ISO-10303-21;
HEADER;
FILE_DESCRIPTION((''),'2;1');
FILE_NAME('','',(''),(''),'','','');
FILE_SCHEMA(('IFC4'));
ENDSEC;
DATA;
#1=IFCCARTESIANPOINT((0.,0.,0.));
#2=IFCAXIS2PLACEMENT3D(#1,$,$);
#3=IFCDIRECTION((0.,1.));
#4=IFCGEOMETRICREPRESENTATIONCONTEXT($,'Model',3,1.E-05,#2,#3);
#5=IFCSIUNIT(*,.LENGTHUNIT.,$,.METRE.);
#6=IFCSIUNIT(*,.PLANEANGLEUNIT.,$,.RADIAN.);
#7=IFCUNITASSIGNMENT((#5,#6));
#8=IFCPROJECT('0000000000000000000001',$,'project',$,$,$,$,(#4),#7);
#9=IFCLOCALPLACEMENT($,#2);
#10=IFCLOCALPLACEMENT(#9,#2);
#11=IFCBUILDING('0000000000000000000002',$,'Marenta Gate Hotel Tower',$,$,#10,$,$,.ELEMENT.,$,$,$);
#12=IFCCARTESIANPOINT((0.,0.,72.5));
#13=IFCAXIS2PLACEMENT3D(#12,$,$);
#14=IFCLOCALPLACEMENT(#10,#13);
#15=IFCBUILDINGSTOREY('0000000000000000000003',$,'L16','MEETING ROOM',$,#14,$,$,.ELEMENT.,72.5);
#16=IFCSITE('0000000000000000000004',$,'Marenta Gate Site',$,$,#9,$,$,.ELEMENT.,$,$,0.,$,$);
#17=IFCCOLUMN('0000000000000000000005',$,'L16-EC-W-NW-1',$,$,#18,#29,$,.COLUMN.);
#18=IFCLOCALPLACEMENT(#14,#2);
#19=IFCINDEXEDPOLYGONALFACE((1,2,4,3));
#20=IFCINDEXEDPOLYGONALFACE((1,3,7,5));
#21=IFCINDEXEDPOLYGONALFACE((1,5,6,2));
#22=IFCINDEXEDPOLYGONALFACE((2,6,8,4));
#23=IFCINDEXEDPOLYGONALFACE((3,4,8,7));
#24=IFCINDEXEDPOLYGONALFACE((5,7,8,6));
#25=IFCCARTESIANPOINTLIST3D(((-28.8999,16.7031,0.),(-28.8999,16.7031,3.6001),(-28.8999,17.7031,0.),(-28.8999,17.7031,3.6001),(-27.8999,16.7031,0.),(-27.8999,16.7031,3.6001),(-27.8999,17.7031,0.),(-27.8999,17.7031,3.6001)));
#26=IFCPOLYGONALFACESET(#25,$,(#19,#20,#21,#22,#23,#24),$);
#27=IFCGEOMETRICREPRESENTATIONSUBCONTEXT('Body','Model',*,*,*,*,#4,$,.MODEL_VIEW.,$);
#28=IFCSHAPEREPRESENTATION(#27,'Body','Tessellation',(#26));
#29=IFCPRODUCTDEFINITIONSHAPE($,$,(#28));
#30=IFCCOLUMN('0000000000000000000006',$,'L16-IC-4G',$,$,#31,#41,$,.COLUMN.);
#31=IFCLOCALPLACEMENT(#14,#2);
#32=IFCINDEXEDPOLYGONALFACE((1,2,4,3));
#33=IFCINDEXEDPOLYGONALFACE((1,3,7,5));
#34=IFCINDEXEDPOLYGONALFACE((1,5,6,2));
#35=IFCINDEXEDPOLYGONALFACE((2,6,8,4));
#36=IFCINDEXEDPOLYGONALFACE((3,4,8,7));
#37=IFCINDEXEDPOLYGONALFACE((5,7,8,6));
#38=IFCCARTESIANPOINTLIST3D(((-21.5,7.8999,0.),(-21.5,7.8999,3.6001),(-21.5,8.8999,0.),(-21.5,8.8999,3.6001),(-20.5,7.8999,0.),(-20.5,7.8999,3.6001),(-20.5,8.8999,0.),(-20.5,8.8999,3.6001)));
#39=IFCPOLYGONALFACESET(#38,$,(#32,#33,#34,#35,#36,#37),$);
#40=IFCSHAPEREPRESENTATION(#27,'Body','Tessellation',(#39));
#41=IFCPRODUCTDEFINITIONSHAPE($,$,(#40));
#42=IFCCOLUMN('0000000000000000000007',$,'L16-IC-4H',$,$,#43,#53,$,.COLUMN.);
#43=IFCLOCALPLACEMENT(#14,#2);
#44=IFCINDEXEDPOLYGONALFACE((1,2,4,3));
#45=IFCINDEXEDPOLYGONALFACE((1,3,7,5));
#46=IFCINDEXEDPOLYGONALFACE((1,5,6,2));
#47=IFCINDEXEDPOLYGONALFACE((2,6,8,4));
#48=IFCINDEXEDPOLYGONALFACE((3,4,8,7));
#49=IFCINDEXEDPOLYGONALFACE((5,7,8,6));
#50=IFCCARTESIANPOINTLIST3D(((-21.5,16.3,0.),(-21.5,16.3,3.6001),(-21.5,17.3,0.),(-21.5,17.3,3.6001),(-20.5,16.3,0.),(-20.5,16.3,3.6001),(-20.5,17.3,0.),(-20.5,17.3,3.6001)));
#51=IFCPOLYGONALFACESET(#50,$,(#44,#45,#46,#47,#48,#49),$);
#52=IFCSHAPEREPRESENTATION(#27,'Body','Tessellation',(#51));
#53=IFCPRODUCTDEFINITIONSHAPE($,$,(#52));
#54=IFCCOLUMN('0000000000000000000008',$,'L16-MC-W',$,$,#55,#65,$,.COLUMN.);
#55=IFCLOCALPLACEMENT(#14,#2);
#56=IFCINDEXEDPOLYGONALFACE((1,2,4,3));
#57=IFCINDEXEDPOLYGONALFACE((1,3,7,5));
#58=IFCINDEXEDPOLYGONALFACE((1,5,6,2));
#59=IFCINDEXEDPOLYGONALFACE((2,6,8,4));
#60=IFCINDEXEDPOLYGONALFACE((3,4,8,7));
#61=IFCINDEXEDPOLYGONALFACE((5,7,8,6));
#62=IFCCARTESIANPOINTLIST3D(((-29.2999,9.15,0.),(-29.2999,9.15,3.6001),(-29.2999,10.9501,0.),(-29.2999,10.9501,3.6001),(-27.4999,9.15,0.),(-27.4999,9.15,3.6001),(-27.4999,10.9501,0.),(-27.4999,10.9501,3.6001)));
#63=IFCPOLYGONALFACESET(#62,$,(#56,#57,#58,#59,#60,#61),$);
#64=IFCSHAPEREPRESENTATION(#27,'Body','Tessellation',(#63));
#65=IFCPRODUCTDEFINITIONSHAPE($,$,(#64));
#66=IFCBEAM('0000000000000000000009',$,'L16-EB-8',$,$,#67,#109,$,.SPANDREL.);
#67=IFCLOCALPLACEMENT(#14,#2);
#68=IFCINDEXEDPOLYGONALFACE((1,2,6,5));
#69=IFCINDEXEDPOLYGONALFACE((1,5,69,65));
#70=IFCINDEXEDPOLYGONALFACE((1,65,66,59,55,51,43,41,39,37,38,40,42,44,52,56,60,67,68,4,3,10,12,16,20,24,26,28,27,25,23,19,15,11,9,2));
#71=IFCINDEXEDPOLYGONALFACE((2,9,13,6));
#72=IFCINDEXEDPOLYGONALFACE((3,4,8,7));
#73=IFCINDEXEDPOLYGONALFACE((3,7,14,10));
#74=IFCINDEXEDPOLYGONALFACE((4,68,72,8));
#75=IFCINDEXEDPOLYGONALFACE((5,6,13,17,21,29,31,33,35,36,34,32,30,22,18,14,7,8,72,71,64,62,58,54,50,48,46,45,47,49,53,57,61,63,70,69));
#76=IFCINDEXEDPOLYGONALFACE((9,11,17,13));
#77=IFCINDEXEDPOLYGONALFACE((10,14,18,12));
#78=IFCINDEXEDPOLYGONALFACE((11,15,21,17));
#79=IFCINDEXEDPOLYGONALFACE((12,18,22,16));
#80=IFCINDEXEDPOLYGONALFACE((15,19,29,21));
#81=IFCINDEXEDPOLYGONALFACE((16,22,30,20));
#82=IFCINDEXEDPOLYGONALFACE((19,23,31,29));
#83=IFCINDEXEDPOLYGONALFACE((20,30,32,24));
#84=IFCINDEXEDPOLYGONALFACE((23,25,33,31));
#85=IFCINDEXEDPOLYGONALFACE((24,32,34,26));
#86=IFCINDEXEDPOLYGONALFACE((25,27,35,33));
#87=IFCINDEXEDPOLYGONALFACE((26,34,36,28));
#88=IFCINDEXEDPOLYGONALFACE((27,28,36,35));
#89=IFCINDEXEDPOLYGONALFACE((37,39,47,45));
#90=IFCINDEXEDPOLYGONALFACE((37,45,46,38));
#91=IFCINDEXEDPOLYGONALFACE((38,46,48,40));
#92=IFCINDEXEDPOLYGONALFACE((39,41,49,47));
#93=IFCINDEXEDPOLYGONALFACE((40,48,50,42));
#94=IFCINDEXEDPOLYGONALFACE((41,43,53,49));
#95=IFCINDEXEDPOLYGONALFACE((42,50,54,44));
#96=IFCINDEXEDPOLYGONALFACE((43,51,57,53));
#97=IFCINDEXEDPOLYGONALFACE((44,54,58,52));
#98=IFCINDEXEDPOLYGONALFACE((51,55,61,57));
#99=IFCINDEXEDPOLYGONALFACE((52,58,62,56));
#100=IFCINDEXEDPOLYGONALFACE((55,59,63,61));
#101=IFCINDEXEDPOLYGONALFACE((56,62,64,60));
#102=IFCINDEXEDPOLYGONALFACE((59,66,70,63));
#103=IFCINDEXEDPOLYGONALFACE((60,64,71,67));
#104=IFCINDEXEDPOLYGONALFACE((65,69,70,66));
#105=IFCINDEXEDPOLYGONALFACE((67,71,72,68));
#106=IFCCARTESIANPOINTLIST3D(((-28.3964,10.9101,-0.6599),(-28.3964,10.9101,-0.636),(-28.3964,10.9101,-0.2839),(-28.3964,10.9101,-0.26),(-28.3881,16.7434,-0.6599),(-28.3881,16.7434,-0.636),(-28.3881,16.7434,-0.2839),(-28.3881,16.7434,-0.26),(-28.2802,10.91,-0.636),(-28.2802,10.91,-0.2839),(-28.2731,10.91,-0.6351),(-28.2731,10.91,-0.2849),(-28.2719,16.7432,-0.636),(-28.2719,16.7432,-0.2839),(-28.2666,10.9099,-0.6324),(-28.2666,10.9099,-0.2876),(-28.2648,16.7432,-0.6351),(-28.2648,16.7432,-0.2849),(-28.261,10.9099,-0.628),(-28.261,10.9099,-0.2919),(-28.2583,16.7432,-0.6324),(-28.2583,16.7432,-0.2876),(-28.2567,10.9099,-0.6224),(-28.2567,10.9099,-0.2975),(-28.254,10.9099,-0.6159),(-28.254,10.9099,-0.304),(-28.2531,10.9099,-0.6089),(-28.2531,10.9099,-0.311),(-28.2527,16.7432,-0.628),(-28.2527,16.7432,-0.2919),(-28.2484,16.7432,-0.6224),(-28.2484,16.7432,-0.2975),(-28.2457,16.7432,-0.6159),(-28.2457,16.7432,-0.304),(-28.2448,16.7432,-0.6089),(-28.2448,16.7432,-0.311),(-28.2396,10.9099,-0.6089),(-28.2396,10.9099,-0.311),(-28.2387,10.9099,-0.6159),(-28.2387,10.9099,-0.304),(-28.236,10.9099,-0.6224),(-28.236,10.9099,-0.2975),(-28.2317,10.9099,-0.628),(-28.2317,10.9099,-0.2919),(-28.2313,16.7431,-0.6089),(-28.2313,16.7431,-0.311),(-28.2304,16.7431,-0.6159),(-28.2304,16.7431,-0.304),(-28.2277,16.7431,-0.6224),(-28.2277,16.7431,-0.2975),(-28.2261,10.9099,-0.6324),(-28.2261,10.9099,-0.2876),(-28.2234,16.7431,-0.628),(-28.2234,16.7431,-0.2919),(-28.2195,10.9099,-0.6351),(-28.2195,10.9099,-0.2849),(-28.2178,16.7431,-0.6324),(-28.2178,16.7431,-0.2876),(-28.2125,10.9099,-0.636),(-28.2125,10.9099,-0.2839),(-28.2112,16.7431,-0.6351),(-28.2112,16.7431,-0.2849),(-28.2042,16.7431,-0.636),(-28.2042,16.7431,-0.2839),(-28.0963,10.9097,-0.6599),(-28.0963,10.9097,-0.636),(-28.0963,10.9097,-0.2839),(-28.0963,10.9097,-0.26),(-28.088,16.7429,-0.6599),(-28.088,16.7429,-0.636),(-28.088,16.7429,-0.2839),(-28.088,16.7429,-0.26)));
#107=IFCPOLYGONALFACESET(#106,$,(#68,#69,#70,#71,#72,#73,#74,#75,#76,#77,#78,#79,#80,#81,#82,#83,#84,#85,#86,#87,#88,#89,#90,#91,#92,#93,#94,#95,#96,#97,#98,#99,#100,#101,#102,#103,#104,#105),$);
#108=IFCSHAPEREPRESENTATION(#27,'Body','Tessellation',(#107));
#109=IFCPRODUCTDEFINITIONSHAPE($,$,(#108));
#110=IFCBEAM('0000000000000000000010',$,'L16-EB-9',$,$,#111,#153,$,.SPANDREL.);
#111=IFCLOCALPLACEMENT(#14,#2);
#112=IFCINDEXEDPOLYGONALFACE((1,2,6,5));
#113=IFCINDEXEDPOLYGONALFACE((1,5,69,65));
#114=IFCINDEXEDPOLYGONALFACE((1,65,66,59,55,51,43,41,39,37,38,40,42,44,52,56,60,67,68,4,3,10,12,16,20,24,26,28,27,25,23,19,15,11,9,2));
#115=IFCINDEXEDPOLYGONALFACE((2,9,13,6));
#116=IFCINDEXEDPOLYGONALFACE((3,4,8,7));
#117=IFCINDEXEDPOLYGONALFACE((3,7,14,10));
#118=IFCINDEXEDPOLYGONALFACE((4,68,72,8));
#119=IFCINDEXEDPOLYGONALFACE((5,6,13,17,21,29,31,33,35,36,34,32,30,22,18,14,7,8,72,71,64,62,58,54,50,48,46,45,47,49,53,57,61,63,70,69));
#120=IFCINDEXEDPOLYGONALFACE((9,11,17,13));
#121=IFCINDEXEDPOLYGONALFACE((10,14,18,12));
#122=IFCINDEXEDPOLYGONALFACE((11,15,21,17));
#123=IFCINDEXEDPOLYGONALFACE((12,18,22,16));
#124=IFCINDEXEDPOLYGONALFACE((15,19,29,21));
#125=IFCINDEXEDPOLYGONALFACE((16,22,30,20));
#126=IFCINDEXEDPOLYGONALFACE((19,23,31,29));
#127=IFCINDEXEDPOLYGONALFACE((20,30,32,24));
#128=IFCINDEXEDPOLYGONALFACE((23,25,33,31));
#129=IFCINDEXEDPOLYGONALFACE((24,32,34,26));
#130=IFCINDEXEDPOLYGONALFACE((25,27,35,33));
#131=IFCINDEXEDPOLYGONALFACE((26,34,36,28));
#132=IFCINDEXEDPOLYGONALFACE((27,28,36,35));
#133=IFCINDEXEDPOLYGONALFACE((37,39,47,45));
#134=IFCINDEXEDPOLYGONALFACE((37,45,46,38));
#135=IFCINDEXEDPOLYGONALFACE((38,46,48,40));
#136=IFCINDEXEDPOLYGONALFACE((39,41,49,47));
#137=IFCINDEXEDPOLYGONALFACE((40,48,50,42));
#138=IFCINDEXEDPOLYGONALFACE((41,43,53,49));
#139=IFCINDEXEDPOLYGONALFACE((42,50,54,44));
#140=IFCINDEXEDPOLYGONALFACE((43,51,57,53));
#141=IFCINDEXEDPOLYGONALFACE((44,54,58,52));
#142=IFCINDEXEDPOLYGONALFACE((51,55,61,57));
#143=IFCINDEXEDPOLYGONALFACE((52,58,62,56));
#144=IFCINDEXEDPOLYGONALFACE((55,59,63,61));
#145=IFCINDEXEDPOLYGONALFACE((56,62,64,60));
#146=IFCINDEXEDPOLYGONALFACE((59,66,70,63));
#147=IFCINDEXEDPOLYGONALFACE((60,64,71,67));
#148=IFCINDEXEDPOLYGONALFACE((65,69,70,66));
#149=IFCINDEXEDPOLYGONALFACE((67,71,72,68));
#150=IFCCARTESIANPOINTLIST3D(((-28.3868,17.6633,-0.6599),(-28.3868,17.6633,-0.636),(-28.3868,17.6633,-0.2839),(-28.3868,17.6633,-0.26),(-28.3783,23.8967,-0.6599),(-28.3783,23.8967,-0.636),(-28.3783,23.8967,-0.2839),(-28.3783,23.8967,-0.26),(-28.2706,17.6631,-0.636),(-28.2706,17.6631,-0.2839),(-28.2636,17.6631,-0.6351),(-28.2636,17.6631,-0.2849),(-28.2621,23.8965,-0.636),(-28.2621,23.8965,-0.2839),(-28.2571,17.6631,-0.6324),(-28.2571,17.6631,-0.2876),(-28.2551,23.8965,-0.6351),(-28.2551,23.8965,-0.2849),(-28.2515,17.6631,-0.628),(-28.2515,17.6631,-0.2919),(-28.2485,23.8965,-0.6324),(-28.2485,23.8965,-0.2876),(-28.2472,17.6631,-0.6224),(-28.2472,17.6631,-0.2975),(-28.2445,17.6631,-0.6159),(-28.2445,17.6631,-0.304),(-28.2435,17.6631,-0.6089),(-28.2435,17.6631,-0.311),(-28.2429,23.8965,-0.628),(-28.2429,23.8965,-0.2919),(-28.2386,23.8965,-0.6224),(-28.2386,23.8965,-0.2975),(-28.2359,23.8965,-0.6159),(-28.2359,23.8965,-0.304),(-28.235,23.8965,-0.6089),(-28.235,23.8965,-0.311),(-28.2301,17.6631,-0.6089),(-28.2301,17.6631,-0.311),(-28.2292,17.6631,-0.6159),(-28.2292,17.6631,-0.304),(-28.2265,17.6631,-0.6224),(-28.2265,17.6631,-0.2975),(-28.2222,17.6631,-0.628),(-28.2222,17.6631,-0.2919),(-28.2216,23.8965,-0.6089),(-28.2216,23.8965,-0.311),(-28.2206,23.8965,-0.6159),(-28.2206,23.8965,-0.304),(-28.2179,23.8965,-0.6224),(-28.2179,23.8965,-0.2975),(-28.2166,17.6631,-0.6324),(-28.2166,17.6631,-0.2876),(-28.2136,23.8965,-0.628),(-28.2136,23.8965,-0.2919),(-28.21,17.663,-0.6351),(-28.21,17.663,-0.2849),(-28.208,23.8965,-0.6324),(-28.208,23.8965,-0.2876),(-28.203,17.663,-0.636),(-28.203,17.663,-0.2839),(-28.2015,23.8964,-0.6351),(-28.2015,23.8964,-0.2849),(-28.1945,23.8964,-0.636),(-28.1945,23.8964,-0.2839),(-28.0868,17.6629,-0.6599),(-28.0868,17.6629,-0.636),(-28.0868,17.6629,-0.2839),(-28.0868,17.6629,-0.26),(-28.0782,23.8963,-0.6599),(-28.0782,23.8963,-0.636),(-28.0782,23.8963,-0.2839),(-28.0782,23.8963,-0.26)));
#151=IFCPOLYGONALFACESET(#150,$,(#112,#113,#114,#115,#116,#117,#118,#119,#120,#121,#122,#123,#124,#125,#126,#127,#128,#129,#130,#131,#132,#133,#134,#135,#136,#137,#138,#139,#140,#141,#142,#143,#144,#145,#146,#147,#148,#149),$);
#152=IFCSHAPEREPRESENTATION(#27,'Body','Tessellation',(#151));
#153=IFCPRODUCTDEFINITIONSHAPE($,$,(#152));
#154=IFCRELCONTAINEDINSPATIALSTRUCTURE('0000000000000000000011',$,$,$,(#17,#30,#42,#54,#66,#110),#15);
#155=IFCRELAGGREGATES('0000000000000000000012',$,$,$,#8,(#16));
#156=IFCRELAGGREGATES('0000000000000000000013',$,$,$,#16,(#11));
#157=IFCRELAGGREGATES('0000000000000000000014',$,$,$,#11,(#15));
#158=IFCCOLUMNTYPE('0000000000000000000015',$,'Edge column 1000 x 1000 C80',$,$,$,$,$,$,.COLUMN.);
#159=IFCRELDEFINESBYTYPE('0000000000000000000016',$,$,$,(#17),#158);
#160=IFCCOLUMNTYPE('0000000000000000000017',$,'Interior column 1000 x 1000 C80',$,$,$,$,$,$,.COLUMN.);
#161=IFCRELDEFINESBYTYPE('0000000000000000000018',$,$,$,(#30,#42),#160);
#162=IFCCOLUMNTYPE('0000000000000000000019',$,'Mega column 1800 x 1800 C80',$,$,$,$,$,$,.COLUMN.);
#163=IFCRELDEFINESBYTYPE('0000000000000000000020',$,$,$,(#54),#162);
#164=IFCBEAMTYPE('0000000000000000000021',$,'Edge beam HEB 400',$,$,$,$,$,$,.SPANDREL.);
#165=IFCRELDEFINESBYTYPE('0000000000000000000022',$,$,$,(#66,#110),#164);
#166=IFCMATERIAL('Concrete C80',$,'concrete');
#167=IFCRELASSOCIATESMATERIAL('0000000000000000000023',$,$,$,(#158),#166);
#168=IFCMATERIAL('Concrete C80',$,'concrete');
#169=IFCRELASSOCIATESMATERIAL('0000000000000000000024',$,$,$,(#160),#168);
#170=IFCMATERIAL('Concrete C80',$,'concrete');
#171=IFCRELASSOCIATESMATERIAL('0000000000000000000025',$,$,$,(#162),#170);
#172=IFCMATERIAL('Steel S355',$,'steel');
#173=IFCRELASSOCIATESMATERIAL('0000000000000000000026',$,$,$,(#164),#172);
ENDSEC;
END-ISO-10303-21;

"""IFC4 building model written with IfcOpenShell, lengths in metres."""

from ifc_helpers import new_model, si_unit, direction, frame, origin, origin_2d, place, context, subcontext, project, spatial, rectangle, i_section, extrude, material, material_profile, profile_set, type_object, element, save


model = new_model("IFC4")

# Units and contexts
model_context = context("Model", 3, precision=1e-05, world=origin(), true_north=direction((0.0, 1.0)))
body_context = subcontext(model_context, "Body", "Model", "MODEL_VIEW")
ifc_project = project(units=[si_unit("LENGTHUNIT", "METRE"), si_unit("PLANEANGLEUNIT", "RADIAN")], contexts=[model_context])

# Site, building, storey
site_placement = place(None, origin())
site = spatial("IfcSite", under=ifc_project, at=site_placement, Name="Marenta Gate Site", CompositionType="ELEMENT", RefElevation=0.0)
building_placement = place(site_placement, origin())
building = spatial("IfcBuilding", under=site, at=building_placement, Name="Marenta Gate Hotel Tower", CompositionType="ELEMENT")
storey_placement = place(building_placement, frame((0.0, 0.0, 72.5)))
storey = spatial("IfcBuildingStorey", under=building, at=storey_placement, Name="L16", Description="MEETING ROOM", CompositionType="ELEMENT", Elevation=72.5)

# Columns
ifc_material_1 = material(Name="Concrete C80", Category="concrete")
ifc_material_profile_1 = material_profile(ifc_material_1, rectangle(XDim=1.0, YDim=1.0, at=origin_2d()), Name="1000 x 1000")
ifc_profile_set_1 = profile_set([ifc_material_profile_1], Name="Concrete C80")
column_type_1 = type_object("IfcColumnType", Name="Edge column 1000 x 1000 C80", PredefinedType="COLUMN", material=ifc_profile_set_1)
column_1_placement = place(storey_placement, frame((-28.3999, 17.2031, 0.0), z_axis=(0.0, 0.0, 1.0), x_axis=(1.0, 0.0, 0.0)))
element("IfcColumn", 1, at=column_1_placement, inside=storey, type_object=column_type_1, Name="L16-EC-W-NW-1", PredefinedType="COLUMN", context=body_context, shape_type="SweptSolid", body=[
    extrude(rectangle(XDim=1.0, YDim=1.0, at=origin_2d()), origin(), (0.0, 0.0, 1.0), 3.6001),
])
ifc_material_2 = material(Name="Concrete C80", Category="concrete")
ifc_material_profile_2 = material_profile(ifc_material_2, rectangle(XDim=1.0, YDim=1.0, at=origin_2d()), Name="1000 x 1000")
ifc_profile_set_2 = profile_set([ifc_material_profile_2], Name="Concrete C80")
column_type_2 = type_object("IfcColumnType", Name="Interior column 1000 x 1000 C80", PredefinedType="COLUMN", material=ifc_profile_set_2)
for number, where, z_axis, x_axis, name in (
    (2, (-21.0, 8.3999, 0.0), (0.0, 0.0, 1.0), (1.0, 0.0, 0.0), "L16-IC-4G"),
    (3, (-21.0, 16.8, 0.0), (0.0, 0.0, 1.0), (1.0, 0.0, 0.0), "L16-IC-4H"),
):
    element("IfcColumn", number, at=place(storey_placement, frame(where, z_axis=z_axis, x_axis=x_axis)), inside=storey, type_object=column_type_2, Name=name, PredefinedType="COLUMN", context=body_context, shape_type="SweptSolid", body=[
        extrude(rectangle(XDim=1.0, YDim=1.0, at=origin_2d()), origin(), (0.0, 0.0, 1.0), 3.6001),
    ])
ifc_material_3 = material(Name="Concrete C80", Category="concrete")
ifc_material_profile_3 = material_profile(ifc_material_3, rectangle(XDim=1.8, YDim=1.8, at=origin_2d()), Name="1800 x 1800")
ifc_profile_set_3 = profile_set([ifc_material_profile_3], Name="Concrete C80")
column_type_3 = type_object("IfcColumnType", Name="Mega column 1800 x 1800 C80", PredefinedType="COLUMN", material=ifc_profile_set_3)
column_2_placement = place(storey_placement, frame((-28.3999, 10.05, 0.0), z_axis=(0.0, 0.0, 1.0), x_axis=(1.0, 0.0, 0.0)))
element("IfcColumn", 4, at=column_2_placement, inside=storey, type_object=column_type_3, Name="L16-MC-W", PredefinedType="COLUMN", context=body_context, shape_type="SweptSolid", body=[
    extrude(rectangle(XDim=1.8, YDim=1.8, at=origin_2d()), origin(), (0.0, 0.0, 1.0), 3.6001),
])

# Beams
ifc_material_4 = material(Name="Steel S355", Category="steel")
ifc_material_profile_4 = material_profile(ifc_material_4, i_section(OverallWidth=0.3, OverallDepth=0.3999, WebThickness=0.0134, FlangeThickness=0.0239, FilletRadius=0.0271, at=origin_2d()), Name="HEB 400")
ifc_profile_set_4 = profile_set([ifc_material_profile_4], Name="Steel S355")
beam_type_1 = type_object("IfcBeamType", Name="Edge beam HEB 400", PredefinedType="SPANDREL", material=ifc_profile_set_4)
beam_1_placement = place(storey_placement, frame((-28.2463, 10.9099, -0.46), z_axis=(0.001423, 0.999999, 0.0), x_axis=(-0.999999, 0.001423, 0.0)))
element("IfcBeam", 5, at=beam_1_placement, inside=storey, type_object=beam_type_1, Name="L16-EB-8", PredefinedType="SPANDREL", context=body_context, shape_type="SweptSolid", body=[
    extrude(i_section(OverallWidth=0.3, OverallDepth=0.3999, WebThickness=0.0134, FlangeThickness=0.0239, FilletRadius=0.0271, at=origin_2d()), origin(), (0.0, 0.0, 1.0), 5.8333),
])
beam_2_placement = place(storey_placement, frame((-28.2368, 17.6631, -0.46), z_axis=(0.001371, 0.999999, 0.0), x_axis=(-0.999999, 0.001371, 0.0)))
element("IfcBeam", 6, at=beam_2_placement, inside=storey, type_object=beam_type_1, Name="L16-EB-9", PredefinedType="SPANDREL", context=body_context, shape_type="SweptSolid", body=[
    extrude(i_section(OverallWidth=0.3, OverallDepth=0.3999, WebThickness=0.0134, FlangeThickness=0.0239, FilletRadius=0.0271, at=origin_2d()), origin(), (0.0, 0.0, 1.0), 6.2334),
])

save(model, "model.ifc")
